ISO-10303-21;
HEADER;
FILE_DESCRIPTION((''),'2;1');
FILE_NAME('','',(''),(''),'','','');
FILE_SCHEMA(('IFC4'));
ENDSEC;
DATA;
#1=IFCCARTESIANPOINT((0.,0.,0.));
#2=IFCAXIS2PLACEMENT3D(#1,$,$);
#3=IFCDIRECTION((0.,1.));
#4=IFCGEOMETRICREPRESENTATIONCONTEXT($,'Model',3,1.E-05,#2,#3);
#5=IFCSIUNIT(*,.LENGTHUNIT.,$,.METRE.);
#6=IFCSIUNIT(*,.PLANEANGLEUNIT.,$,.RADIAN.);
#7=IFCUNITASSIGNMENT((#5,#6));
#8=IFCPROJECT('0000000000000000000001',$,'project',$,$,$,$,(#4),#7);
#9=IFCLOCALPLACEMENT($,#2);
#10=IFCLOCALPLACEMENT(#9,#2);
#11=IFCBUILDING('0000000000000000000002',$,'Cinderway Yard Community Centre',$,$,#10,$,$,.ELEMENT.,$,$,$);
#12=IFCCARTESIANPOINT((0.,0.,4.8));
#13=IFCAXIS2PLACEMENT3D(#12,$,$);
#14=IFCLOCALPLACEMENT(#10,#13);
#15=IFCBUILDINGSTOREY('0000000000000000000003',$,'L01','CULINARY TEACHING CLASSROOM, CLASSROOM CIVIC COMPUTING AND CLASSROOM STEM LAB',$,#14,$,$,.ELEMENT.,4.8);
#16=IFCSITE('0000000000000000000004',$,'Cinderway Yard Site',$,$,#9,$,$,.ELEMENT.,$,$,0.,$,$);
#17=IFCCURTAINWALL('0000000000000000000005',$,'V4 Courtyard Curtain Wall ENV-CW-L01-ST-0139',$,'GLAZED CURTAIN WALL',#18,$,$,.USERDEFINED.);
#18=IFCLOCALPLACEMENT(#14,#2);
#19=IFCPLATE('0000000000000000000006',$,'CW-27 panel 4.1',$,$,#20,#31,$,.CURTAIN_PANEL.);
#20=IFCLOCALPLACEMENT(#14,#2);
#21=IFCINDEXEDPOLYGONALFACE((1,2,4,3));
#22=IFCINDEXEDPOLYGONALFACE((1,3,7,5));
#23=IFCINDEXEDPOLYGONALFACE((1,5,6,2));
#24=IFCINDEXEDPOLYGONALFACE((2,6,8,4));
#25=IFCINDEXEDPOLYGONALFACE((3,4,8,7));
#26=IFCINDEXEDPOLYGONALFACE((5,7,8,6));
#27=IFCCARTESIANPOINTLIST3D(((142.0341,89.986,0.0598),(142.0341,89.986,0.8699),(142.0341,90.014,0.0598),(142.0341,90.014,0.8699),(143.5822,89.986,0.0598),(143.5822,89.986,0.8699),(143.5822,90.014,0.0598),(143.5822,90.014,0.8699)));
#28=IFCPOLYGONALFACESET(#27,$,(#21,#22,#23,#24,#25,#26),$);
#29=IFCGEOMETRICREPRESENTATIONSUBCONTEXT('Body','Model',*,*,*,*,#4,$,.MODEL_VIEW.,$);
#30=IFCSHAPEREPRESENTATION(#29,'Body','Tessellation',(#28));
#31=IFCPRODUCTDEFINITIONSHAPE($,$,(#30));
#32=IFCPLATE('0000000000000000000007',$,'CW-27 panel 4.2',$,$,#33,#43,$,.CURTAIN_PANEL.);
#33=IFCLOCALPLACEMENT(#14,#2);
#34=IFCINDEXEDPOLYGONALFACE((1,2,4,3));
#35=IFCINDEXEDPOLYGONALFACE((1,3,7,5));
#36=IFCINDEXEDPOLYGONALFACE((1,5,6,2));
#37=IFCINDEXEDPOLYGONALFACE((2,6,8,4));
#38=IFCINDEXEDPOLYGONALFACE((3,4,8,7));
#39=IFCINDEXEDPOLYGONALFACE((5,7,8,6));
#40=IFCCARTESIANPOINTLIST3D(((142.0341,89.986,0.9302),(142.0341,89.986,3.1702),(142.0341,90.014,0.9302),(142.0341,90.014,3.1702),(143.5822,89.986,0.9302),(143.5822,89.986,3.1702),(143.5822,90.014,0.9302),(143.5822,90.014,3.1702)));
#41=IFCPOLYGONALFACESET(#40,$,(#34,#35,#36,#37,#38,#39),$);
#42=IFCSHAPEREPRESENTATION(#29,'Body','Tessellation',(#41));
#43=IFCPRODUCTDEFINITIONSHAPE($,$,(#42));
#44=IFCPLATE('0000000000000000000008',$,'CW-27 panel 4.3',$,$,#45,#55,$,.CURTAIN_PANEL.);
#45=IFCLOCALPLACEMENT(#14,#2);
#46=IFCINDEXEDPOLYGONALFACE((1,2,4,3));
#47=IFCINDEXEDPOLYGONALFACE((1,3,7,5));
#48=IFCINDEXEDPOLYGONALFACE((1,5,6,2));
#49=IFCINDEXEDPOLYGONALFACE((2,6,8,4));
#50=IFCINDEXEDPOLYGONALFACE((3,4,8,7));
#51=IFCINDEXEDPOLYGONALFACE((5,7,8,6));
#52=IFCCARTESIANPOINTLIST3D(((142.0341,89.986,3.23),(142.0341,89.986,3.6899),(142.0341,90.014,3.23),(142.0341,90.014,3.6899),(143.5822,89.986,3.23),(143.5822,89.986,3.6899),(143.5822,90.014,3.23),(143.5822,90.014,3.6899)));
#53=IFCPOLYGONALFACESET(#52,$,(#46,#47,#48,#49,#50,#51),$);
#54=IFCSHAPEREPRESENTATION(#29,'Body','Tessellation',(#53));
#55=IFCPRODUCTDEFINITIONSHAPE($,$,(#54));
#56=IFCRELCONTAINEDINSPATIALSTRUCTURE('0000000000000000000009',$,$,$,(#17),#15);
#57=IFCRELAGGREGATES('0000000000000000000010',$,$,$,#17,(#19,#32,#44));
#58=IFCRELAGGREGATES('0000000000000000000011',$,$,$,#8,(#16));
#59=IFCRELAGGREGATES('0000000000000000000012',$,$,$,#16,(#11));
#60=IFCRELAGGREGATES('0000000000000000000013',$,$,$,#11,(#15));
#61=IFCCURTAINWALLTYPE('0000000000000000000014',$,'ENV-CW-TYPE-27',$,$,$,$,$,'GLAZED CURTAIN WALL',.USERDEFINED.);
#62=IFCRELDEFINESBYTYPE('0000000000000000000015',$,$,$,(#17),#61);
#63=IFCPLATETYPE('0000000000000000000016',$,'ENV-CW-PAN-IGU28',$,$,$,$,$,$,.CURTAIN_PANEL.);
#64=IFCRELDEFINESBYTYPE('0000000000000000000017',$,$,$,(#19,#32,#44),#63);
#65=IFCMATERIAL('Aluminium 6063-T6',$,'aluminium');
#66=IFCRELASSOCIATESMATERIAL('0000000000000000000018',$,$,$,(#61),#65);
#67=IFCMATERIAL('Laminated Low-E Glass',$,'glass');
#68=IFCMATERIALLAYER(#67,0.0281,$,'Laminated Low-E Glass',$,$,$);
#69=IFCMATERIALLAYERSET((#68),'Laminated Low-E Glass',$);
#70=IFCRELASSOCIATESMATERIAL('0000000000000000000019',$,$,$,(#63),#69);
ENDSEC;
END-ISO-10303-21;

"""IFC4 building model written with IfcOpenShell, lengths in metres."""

from ifc_helpers import new_model, si_unit, direction, frame, origin, origin_2d, place, context, subcontext, project, spatial, rectangle, extrude, material, layer, layer_set, type_object, element, aggregate, save


model = new_model("IFC4")

# Units and contexts
model_context = context("Model", 3, precision=1e-05, world=origin(), true_north=direction((0.0, 1.0)))
body_context = subcontext(model_context, "Body", "Model", "MODEL_VIEW")
ifc_project = project(units=[si_unit("LENGTHUNIT", "METRE"), si_unit("PLANEANGLEUNIT", "RADIAN")], contexts=[model_context])

# Site, building, storey
site_placement = place(None, origin())
site = spatial("IfcSite", under=ifc_project, at=site_placement, Name="Cinderway Yard Site", CompositionType="ELEMENT", RefElevation=0.0)
building_placement = place(site_placement, origin())
building = spatial("IfcBuilding", under=site, at=building_placement, Name="Cinderway Yard Community Centre", CompositionType="ELEMENT")
storey_placement = place(building_placement, frame((0.0, 0.0, 4.8)))
storey = spatial("IfcBuildingStorey", under=building, at=storey_placement, Name="L01", Description="CULINARY TEACHING CLASSROOM, CLASSROOM CIVIC COMPUTING AND CLASSROOM STEM LAB", CompositionType="ELEMENT", Elevation=4.8)

# Curtain wall, plates
ifc_material_1 = material(Name="Aluminium 6063-T6", Category="aluminium")
curtain_wall_type = type_object("IfcCurtainWallType", Name="ENV-CW-TYPE-27", ElementType="GLAZED CURTAIN WALL", PredefinedType="USERDEFINED", material=ifc_material_1)
curtain_wall_placement = place(storey_placement, origin())
curtain_wall = element("IfcCurtainWall", 1, at=curtain_wall_placement, inside=storey, type_object=curtain_wall_type, Name="V4 Courtyard Curtain Wall ENV-CW-L01-ST-0139", ObjectType="GLAZED CURTAIN WALL", PredefinedType="USERDEFINED")
ifc_material_2 = material(Name="Laminated Low-E Glass", Category="glass")
ifc_layer = layer(ifc_material_2, 0.0281, Name="Laminated Low-E Glass")
ifc_layer_set = layer_set([ifc_layer], Name="Laminated Low-E Glass")
plate_type = type_object("IfcPlateType", Name="ENV-CW-PAN-IGU28", PredefinedType="CURTAIN_PANEL", material=ifc_layer_set)
plate_1_placement = place(storey_placement, frame((142.8081, 90.0, 0.0598), z_axis=(0.0, 0.0, 1.0), x_axis=(1.0, 0.0, 0.0)))
plate_1 = element("IfcPlate", 2, at=plate_1_placement, type_object=plate_type, Name="CW-27 panel 4.1", PredefinedType="CURTAIN_PANEL", context=body_context, shape_type="SweptSolid", body=[
    extrude(rectangle(XDim=1.5481, YDim=0.0281, at=origin_2d()), origin(), (0.0, 0.0, 1.0), 0.8101),
])
plate_2_placement = place(storey_placement, frame((142.8081, 90.0, 0.9302), z_axis=(0.0, 0.0, 1.0), x_axis=(1.0, 0.0, 0.0)))
plate_2 = element("IfcPlate", 3, at=plate_2_placement, type_object=plate_type, Name="CW-27 panel 4.2", PredefinedType="CURTAIN_PANEL", context=body_context, shape_type="SweptSolid", body=[
    extrude(rectangle(XDim=1.5481, YDim=0.0281, at=origin_2d()), origin(), (0.0, 0.0, 1.0), 2.24),
])
plate_3_placement = place(storey_placement, frame((142.8081, 90.0, 3.23), z_axis=(0.0, 0.0, 1.0), x_axis=(1.0, 0.0, 0.0)))
plate_3 = element("IfcPlate", 4, at=plate_3_placement, type_object=plate_type, Name="CW-27 panel 4.3", PredefinedType="CURTAIN_PANEL", context=body_context, shape_type="SweptSolid", body=[
    extrude(rectangle(XDim=1.5481, YDim=0.0281, at=origin_2d()), origin(), (0.0, 0.0, 1.0), 0.46),
])
aggregate(curtain_wall, [plate_1, plate_2, plate_3])

save(model, "model.ifc")
